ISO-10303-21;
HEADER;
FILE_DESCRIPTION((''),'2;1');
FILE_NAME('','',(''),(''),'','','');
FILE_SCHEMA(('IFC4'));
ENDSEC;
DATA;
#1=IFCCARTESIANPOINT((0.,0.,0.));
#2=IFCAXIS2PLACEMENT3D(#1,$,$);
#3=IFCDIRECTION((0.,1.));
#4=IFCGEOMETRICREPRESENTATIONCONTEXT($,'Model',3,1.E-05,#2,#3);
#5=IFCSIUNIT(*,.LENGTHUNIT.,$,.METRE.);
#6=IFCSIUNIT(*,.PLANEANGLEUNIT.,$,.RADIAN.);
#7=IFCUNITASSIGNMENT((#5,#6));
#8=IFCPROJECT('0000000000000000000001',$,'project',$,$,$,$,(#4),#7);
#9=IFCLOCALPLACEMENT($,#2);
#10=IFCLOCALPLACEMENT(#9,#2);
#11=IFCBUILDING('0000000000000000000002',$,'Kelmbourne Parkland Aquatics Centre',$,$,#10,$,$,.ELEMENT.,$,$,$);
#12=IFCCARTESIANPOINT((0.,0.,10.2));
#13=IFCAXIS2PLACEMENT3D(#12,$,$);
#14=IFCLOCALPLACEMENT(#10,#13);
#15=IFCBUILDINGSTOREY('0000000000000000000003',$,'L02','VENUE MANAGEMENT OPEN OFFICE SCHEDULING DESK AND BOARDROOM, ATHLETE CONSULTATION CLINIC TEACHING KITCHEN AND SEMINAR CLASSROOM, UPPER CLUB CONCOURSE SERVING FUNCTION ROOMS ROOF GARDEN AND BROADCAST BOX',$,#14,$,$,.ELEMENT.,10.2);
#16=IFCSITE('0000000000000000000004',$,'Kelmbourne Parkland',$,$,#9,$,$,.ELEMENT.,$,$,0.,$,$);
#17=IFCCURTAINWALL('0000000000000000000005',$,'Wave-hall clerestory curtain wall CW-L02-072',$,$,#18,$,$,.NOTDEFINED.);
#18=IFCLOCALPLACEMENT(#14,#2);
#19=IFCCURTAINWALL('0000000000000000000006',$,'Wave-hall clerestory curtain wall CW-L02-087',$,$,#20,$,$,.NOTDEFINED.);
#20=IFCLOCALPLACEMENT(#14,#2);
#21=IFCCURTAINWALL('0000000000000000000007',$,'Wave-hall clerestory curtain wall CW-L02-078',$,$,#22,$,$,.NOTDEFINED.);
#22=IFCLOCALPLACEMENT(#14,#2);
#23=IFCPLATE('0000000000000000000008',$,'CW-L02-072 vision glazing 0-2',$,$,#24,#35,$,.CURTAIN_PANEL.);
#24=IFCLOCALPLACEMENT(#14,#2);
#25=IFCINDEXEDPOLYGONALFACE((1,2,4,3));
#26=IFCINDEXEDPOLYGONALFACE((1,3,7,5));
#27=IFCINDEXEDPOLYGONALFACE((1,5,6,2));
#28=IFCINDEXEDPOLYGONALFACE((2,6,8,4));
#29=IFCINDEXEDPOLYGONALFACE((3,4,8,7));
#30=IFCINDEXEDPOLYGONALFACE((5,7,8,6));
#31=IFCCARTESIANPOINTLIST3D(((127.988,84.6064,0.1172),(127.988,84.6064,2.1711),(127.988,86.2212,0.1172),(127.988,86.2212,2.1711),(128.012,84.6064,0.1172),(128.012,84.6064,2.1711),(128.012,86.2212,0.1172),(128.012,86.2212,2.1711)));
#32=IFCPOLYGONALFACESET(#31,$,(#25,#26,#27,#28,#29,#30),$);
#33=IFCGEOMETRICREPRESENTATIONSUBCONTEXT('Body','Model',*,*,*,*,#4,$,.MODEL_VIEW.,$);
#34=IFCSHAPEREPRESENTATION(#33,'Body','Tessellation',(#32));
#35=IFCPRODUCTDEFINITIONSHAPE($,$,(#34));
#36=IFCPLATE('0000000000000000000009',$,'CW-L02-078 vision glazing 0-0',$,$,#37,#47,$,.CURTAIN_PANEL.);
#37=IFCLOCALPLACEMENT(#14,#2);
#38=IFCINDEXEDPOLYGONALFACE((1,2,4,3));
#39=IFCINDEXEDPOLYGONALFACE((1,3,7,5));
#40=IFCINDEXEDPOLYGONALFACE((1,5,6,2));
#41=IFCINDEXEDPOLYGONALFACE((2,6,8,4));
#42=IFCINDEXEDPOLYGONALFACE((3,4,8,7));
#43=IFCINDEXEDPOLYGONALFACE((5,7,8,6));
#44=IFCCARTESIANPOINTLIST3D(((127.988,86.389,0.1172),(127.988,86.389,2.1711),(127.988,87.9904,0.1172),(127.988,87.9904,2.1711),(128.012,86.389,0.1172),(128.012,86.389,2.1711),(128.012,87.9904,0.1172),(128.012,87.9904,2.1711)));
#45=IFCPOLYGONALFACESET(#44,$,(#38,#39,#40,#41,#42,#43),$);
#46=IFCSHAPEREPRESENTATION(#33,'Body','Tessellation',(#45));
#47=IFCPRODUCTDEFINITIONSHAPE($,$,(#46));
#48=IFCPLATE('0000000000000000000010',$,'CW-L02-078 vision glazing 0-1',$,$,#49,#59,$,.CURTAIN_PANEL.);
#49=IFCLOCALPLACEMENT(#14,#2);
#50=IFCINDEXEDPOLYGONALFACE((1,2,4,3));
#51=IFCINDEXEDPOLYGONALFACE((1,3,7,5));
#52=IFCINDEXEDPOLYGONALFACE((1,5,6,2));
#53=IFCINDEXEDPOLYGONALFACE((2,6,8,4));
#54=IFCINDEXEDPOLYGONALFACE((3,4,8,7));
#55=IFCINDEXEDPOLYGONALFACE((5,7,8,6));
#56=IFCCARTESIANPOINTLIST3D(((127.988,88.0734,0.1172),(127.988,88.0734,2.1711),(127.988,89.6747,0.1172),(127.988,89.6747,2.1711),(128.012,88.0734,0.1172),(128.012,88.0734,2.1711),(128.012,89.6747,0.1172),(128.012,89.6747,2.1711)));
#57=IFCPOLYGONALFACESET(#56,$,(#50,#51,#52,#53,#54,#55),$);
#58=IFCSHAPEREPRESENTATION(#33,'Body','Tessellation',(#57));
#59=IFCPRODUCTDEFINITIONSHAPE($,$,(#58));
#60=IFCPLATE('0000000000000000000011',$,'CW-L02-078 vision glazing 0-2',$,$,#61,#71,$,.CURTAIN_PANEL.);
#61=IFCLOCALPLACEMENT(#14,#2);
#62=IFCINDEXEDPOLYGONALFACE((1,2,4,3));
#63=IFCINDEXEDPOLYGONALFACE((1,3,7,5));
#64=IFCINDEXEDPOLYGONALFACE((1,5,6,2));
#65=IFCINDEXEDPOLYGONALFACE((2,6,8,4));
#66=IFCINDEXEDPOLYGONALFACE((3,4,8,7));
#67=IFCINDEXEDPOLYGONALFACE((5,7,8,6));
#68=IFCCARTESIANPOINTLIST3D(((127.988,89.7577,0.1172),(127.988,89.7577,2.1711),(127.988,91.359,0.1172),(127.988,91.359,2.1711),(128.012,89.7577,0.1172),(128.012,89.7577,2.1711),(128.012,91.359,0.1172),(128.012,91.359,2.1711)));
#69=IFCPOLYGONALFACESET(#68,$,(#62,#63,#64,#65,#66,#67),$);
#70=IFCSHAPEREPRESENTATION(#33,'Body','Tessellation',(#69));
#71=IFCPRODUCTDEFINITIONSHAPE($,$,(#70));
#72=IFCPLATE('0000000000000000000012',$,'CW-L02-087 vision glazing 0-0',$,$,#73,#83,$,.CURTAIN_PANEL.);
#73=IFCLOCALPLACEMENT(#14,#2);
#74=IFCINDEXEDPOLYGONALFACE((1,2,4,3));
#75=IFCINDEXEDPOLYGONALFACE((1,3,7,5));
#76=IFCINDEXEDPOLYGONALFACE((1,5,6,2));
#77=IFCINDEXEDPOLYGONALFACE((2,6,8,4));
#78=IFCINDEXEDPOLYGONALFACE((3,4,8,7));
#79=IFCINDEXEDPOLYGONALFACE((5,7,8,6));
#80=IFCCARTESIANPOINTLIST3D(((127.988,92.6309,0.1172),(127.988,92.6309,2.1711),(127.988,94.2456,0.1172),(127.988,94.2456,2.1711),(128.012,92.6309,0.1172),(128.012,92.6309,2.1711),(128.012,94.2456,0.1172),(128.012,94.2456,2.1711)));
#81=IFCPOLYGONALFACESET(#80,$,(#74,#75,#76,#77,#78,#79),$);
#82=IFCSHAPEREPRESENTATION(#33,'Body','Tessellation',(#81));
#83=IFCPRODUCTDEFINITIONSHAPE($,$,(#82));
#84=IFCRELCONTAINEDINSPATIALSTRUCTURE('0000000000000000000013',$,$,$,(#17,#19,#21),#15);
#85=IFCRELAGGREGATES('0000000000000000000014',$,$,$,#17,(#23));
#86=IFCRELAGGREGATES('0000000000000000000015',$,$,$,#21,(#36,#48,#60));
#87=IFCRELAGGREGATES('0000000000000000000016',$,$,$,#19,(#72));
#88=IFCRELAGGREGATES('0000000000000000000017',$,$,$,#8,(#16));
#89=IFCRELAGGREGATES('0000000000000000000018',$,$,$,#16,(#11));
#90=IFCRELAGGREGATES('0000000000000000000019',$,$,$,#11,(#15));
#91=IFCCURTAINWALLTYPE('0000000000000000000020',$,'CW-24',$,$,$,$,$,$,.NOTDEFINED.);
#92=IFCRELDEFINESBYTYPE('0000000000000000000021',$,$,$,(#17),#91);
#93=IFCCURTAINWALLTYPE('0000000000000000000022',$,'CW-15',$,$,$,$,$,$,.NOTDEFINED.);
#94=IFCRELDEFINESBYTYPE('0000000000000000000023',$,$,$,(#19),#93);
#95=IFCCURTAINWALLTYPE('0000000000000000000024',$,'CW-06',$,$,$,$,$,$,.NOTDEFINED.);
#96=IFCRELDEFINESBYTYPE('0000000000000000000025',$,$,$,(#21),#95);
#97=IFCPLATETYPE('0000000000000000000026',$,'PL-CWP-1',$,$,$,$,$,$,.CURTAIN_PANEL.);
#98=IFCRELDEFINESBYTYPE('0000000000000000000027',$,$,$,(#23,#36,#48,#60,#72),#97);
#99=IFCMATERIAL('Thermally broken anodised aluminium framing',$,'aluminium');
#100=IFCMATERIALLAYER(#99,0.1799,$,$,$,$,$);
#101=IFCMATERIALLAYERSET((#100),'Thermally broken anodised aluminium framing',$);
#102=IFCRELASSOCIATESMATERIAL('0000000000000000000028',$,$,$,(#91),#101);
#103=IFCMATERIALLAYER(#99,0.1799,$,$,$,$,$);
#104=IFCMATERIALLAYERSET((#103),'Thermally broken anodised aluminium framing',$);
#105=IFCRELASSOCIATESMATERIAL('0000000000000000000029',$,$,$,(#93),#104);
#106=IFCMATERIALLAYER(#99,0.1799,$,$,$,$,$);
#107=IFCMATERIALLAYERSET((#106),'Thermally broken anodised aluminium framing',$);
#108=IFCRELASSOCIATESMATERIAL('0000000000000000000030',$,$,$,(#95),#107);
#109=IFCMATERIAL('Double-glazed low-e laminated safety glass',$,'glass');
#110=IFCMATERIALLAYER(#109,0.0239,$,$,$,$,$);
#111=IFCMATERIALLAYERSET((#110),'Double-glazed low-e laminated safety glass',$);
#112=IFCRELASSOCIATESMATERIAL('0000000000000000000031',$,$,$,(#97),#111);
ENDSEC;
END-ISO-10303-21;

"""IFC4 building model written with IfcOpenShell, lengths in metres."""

from ifc_helpers import new_model, si_unit, direction, frame, origin, origin_2d, place, context, subcontext, project, spatial, rectangle, extrude, material, layer, layer_set, type_object, element, aggregate, save


model = new_model("IFC4")

# Units and contexts
model_context = context("Model", 3, precision=1e-05, world=origin(), true_north=direction((0.0, 1.0)))
body_context = subcontext(model_context, "Body", "Model", "MODEL_VIEW")
ifc_project = project(units=[si_unit("LENGTHUNIT", "METRE"), si_unit("PLANEANGLEUNIT", "RADIAN")], contexts=[model_context])

# Site, building, storey
site_placement = place(None, origin())
site = spatial("IfcSite", under=ifc_project, at=site_placement, Name="Kelmbourne Parkland", CompositionType="ELEMENT", RefElevation=0.0)
building_placement = place(site_placement, origin())
building = spatial("IfcBuilding", under=site, at=building_placement, Name="Kelmbourne Parkland Aquatics Centre", CompositionType="ELEMENT")
storey_placement = place(building_placement, frame((0.0, 0.0, 10.2)))
storey = spatial("IfcBuildingStorey", under=building, at=storey_placement, Name="L02", Description="VENUE MANAGEMENT OPEN OFFICE SCHEDULING DESK AND BOARDROOM, ATHLETE CONSULTATION CLINIC TEACHING KITCHEN AND SEMINAR CLASSROOM, UPPER CLUB CONCOURSE SERVING FUNCTION ROOMS ROOF GARDEN AND BROADCAST BOX", CompositionType="ELEMENT", Elevation=10.2)

# Curtain walls
ifc_material_1 = material(Name="Thermally broken anodised aluminium framing", Category="aluminium")
ifc_layer_1 = layer(ifc_material_1, 0.1799)
ifc_layer_set_1 = layer_set([ifc_layer_1], Name="Thermally broken anodised aluminium framing")
curtain_wall_type_1 = type_object("IfcCurtainWallType", Name="CW-24", PredefinedType="NOTDEFINED", material=ifc_layer_set_1)
curtain_wall_1_placement = place(storey_placement, origin())
curtain_wall_1 = element("IfcCurtainWall", 1, at=curtain_wall_1_placement, inside=storey, type_object=curtain_wall_type_1, Name="Wave-hall clerestory curtain wall CW-L02-072", PredefinedType="NOTDEFINED")
ifc_layer_2 = layer(ifc_material_1, 0.1799)
ifc_layer_set_2 = layer_set([ifc_layer_2], Name="Thermally broken anodised aluminium framing")
curtain_wall_type_2 = type_object("IfcCurtainWallType", Name="CW-15", PredefinedType="NOTDEFINED", material=ifc_layer_set_2)
curtain_wall_2_placement = place(storey_placement, origin())
curtain_wall_2 = element("IfcCurtainWall", 2, at=curtain_wall_2_placement, inside=storey, type_object=curtain_wall_type_2, Name="Wave-hall clerestory curtain wall CW-L02-087", PredefinedType="NOTDEFINED")

# Curtain wall
ifc_layer_3 = layer(ifc_material_1, 0.1799)
ifc_layer_set_3 = layer_set([ifc_layer_3], Name="Thermally broken anodised aluminium framing")
curtain_wall_type_3 = type_object("IfcCurtainWallType", Name="CW-06", PredefinedType="NOTDEFINED", material=ifc_layer_set_3)
curtain_wall_3_placement = place(storey_placement, origin())
curtain_wall_3 = element("IfcCurtainWall", 3, at=curtain_wall_3_placement, inside=storey, type_object=curtain_wall_type_3, Name="Wave-hall clerestory curtain wall CW-L02-078", PredefinedType="NOTDEFINED")

# Plates
ifc_material_2 = material(Name="Double-glazed low-e laminated safety glass", Category="glass")
ifc_layer_4 = layer(ifc_material_2, 0.0239)
ifc_layer_set_4 = layer_set([ifc_layer_4], Name="Double-glazed low-e laminated safety glass")
plate_type_1 = type_object("IfcPlateType", Name="PL-CWP-1", PredefinedType="CURTAIN_PANEL", material=ifc_layer_set_4)
plate_1_placement = place(storey_placement, frame((128.0, 85.4138, 0.1172), z_axis=(0.0, 0.0, 1.0), x_axis=(0.0, 1.0, 0.0)))
plate_1 = element("IfcPlate", 4, at=plate_1_placement, type_object=plate_type_1, Name="CW-L02-072 vision glazing 0-2", PredefinedType="CURTAIN_PANEL", context=body_context, shape_type="SweptSolid", body=[
    extrude(rectangle(XDim=1.6147, YDim=0.0239, at=origin_2d()), origin(), (0.0, 0.0, 1.0), 2.054),
])
aggregate(curtain_wall_1, [plate_1])
plate_2_placement = place(storey_placement, frame((128.0, 87.1897, 0.1172), z_axis=(0.0, 0.0, 1.0), x_axis=(0.0, 1.0, 0.0)))
plate_2 = element("IfcPlate", 5, at=plate_2_placement, type_object=plate_type_1, Name="CW-L02-078 vision glazing 0-0", PredefinedType="CURTAIN_PANEL", context=body_context, shape_type="SweptSolid", body=[
    extrude(rectangle(XDim=1.6013, YDim=0.0239, at=origin_2d()), origin(), (0.0, 0.0, 1.0), 2.054),
])
plate_3_placement = place(storey_placement, frame((128.0, 88.874, 0.1172), z_axis=(0.0, 0.0, 1.0), x_axis=(0.0, 1.0, 0.0)))
plate_3 = element("IfcPlate", 6, at=plate_3_placement, type_object=plate_type_1, Name="CW-L02-078 vision glazing 0-1", PredefinedType="CURTAIN_PANEL", context=body_context, shape_type="SweptSolid", body=[
    extrude(rectangle(XDim=1.6013, YDim=0.0239, at=origin_2d()), origin(), (0.0, 0.0, 1.0), 2.054),
])
plate_4_placement = place(storey_placement, frame((128.0, 90.5583, 0.1172), z_axis=(0.0, 0.0, 1.0), x_axis=(0.0, 1.0, 0.0)))
plate_4 = element("IfcPlate", 7, at=plate_4_placement, type_object=plate_type_1, Name="CW-L02-078 vision glazing 0-2", PredefinedType="CURTAIN_PANEL", context=body_context, shape_type="SweptSolid", body=[
    extrude(rectangle(XDim=1.6013, YDim=0.0239, at=origin_2d()), origin(), (0.0, 0.0, 1.0), 2.054),
])
aggregate(curtain_wall_3, [plate_2, plate_3, plate_4])
plate_5_placement = place(storey_placement, frame((128.0, 93.4382, 0.1172), z_axis=(0.0, 0.0, 1.0), x_axis=(0.0, 1.0, 0.0)))
plate_5 = element("IfcPlate", 8, at=plate_5_placement, type_object=plate_type_1, Name="CW-L02-087 vision glazing 0-0", PredefinedType="CURTAIN_PANEL", context=body_context, shape_type="SweptSolid", body=[
    extrude(rectangle(XDim=1.6147, YDim=0.0239, at=origin_2d()), origin(), (0.0, 0.0, 1.0), 2.054),
])
aggregate(curtain_wall_2, [plate_5])

save(model, "model.ifc")
